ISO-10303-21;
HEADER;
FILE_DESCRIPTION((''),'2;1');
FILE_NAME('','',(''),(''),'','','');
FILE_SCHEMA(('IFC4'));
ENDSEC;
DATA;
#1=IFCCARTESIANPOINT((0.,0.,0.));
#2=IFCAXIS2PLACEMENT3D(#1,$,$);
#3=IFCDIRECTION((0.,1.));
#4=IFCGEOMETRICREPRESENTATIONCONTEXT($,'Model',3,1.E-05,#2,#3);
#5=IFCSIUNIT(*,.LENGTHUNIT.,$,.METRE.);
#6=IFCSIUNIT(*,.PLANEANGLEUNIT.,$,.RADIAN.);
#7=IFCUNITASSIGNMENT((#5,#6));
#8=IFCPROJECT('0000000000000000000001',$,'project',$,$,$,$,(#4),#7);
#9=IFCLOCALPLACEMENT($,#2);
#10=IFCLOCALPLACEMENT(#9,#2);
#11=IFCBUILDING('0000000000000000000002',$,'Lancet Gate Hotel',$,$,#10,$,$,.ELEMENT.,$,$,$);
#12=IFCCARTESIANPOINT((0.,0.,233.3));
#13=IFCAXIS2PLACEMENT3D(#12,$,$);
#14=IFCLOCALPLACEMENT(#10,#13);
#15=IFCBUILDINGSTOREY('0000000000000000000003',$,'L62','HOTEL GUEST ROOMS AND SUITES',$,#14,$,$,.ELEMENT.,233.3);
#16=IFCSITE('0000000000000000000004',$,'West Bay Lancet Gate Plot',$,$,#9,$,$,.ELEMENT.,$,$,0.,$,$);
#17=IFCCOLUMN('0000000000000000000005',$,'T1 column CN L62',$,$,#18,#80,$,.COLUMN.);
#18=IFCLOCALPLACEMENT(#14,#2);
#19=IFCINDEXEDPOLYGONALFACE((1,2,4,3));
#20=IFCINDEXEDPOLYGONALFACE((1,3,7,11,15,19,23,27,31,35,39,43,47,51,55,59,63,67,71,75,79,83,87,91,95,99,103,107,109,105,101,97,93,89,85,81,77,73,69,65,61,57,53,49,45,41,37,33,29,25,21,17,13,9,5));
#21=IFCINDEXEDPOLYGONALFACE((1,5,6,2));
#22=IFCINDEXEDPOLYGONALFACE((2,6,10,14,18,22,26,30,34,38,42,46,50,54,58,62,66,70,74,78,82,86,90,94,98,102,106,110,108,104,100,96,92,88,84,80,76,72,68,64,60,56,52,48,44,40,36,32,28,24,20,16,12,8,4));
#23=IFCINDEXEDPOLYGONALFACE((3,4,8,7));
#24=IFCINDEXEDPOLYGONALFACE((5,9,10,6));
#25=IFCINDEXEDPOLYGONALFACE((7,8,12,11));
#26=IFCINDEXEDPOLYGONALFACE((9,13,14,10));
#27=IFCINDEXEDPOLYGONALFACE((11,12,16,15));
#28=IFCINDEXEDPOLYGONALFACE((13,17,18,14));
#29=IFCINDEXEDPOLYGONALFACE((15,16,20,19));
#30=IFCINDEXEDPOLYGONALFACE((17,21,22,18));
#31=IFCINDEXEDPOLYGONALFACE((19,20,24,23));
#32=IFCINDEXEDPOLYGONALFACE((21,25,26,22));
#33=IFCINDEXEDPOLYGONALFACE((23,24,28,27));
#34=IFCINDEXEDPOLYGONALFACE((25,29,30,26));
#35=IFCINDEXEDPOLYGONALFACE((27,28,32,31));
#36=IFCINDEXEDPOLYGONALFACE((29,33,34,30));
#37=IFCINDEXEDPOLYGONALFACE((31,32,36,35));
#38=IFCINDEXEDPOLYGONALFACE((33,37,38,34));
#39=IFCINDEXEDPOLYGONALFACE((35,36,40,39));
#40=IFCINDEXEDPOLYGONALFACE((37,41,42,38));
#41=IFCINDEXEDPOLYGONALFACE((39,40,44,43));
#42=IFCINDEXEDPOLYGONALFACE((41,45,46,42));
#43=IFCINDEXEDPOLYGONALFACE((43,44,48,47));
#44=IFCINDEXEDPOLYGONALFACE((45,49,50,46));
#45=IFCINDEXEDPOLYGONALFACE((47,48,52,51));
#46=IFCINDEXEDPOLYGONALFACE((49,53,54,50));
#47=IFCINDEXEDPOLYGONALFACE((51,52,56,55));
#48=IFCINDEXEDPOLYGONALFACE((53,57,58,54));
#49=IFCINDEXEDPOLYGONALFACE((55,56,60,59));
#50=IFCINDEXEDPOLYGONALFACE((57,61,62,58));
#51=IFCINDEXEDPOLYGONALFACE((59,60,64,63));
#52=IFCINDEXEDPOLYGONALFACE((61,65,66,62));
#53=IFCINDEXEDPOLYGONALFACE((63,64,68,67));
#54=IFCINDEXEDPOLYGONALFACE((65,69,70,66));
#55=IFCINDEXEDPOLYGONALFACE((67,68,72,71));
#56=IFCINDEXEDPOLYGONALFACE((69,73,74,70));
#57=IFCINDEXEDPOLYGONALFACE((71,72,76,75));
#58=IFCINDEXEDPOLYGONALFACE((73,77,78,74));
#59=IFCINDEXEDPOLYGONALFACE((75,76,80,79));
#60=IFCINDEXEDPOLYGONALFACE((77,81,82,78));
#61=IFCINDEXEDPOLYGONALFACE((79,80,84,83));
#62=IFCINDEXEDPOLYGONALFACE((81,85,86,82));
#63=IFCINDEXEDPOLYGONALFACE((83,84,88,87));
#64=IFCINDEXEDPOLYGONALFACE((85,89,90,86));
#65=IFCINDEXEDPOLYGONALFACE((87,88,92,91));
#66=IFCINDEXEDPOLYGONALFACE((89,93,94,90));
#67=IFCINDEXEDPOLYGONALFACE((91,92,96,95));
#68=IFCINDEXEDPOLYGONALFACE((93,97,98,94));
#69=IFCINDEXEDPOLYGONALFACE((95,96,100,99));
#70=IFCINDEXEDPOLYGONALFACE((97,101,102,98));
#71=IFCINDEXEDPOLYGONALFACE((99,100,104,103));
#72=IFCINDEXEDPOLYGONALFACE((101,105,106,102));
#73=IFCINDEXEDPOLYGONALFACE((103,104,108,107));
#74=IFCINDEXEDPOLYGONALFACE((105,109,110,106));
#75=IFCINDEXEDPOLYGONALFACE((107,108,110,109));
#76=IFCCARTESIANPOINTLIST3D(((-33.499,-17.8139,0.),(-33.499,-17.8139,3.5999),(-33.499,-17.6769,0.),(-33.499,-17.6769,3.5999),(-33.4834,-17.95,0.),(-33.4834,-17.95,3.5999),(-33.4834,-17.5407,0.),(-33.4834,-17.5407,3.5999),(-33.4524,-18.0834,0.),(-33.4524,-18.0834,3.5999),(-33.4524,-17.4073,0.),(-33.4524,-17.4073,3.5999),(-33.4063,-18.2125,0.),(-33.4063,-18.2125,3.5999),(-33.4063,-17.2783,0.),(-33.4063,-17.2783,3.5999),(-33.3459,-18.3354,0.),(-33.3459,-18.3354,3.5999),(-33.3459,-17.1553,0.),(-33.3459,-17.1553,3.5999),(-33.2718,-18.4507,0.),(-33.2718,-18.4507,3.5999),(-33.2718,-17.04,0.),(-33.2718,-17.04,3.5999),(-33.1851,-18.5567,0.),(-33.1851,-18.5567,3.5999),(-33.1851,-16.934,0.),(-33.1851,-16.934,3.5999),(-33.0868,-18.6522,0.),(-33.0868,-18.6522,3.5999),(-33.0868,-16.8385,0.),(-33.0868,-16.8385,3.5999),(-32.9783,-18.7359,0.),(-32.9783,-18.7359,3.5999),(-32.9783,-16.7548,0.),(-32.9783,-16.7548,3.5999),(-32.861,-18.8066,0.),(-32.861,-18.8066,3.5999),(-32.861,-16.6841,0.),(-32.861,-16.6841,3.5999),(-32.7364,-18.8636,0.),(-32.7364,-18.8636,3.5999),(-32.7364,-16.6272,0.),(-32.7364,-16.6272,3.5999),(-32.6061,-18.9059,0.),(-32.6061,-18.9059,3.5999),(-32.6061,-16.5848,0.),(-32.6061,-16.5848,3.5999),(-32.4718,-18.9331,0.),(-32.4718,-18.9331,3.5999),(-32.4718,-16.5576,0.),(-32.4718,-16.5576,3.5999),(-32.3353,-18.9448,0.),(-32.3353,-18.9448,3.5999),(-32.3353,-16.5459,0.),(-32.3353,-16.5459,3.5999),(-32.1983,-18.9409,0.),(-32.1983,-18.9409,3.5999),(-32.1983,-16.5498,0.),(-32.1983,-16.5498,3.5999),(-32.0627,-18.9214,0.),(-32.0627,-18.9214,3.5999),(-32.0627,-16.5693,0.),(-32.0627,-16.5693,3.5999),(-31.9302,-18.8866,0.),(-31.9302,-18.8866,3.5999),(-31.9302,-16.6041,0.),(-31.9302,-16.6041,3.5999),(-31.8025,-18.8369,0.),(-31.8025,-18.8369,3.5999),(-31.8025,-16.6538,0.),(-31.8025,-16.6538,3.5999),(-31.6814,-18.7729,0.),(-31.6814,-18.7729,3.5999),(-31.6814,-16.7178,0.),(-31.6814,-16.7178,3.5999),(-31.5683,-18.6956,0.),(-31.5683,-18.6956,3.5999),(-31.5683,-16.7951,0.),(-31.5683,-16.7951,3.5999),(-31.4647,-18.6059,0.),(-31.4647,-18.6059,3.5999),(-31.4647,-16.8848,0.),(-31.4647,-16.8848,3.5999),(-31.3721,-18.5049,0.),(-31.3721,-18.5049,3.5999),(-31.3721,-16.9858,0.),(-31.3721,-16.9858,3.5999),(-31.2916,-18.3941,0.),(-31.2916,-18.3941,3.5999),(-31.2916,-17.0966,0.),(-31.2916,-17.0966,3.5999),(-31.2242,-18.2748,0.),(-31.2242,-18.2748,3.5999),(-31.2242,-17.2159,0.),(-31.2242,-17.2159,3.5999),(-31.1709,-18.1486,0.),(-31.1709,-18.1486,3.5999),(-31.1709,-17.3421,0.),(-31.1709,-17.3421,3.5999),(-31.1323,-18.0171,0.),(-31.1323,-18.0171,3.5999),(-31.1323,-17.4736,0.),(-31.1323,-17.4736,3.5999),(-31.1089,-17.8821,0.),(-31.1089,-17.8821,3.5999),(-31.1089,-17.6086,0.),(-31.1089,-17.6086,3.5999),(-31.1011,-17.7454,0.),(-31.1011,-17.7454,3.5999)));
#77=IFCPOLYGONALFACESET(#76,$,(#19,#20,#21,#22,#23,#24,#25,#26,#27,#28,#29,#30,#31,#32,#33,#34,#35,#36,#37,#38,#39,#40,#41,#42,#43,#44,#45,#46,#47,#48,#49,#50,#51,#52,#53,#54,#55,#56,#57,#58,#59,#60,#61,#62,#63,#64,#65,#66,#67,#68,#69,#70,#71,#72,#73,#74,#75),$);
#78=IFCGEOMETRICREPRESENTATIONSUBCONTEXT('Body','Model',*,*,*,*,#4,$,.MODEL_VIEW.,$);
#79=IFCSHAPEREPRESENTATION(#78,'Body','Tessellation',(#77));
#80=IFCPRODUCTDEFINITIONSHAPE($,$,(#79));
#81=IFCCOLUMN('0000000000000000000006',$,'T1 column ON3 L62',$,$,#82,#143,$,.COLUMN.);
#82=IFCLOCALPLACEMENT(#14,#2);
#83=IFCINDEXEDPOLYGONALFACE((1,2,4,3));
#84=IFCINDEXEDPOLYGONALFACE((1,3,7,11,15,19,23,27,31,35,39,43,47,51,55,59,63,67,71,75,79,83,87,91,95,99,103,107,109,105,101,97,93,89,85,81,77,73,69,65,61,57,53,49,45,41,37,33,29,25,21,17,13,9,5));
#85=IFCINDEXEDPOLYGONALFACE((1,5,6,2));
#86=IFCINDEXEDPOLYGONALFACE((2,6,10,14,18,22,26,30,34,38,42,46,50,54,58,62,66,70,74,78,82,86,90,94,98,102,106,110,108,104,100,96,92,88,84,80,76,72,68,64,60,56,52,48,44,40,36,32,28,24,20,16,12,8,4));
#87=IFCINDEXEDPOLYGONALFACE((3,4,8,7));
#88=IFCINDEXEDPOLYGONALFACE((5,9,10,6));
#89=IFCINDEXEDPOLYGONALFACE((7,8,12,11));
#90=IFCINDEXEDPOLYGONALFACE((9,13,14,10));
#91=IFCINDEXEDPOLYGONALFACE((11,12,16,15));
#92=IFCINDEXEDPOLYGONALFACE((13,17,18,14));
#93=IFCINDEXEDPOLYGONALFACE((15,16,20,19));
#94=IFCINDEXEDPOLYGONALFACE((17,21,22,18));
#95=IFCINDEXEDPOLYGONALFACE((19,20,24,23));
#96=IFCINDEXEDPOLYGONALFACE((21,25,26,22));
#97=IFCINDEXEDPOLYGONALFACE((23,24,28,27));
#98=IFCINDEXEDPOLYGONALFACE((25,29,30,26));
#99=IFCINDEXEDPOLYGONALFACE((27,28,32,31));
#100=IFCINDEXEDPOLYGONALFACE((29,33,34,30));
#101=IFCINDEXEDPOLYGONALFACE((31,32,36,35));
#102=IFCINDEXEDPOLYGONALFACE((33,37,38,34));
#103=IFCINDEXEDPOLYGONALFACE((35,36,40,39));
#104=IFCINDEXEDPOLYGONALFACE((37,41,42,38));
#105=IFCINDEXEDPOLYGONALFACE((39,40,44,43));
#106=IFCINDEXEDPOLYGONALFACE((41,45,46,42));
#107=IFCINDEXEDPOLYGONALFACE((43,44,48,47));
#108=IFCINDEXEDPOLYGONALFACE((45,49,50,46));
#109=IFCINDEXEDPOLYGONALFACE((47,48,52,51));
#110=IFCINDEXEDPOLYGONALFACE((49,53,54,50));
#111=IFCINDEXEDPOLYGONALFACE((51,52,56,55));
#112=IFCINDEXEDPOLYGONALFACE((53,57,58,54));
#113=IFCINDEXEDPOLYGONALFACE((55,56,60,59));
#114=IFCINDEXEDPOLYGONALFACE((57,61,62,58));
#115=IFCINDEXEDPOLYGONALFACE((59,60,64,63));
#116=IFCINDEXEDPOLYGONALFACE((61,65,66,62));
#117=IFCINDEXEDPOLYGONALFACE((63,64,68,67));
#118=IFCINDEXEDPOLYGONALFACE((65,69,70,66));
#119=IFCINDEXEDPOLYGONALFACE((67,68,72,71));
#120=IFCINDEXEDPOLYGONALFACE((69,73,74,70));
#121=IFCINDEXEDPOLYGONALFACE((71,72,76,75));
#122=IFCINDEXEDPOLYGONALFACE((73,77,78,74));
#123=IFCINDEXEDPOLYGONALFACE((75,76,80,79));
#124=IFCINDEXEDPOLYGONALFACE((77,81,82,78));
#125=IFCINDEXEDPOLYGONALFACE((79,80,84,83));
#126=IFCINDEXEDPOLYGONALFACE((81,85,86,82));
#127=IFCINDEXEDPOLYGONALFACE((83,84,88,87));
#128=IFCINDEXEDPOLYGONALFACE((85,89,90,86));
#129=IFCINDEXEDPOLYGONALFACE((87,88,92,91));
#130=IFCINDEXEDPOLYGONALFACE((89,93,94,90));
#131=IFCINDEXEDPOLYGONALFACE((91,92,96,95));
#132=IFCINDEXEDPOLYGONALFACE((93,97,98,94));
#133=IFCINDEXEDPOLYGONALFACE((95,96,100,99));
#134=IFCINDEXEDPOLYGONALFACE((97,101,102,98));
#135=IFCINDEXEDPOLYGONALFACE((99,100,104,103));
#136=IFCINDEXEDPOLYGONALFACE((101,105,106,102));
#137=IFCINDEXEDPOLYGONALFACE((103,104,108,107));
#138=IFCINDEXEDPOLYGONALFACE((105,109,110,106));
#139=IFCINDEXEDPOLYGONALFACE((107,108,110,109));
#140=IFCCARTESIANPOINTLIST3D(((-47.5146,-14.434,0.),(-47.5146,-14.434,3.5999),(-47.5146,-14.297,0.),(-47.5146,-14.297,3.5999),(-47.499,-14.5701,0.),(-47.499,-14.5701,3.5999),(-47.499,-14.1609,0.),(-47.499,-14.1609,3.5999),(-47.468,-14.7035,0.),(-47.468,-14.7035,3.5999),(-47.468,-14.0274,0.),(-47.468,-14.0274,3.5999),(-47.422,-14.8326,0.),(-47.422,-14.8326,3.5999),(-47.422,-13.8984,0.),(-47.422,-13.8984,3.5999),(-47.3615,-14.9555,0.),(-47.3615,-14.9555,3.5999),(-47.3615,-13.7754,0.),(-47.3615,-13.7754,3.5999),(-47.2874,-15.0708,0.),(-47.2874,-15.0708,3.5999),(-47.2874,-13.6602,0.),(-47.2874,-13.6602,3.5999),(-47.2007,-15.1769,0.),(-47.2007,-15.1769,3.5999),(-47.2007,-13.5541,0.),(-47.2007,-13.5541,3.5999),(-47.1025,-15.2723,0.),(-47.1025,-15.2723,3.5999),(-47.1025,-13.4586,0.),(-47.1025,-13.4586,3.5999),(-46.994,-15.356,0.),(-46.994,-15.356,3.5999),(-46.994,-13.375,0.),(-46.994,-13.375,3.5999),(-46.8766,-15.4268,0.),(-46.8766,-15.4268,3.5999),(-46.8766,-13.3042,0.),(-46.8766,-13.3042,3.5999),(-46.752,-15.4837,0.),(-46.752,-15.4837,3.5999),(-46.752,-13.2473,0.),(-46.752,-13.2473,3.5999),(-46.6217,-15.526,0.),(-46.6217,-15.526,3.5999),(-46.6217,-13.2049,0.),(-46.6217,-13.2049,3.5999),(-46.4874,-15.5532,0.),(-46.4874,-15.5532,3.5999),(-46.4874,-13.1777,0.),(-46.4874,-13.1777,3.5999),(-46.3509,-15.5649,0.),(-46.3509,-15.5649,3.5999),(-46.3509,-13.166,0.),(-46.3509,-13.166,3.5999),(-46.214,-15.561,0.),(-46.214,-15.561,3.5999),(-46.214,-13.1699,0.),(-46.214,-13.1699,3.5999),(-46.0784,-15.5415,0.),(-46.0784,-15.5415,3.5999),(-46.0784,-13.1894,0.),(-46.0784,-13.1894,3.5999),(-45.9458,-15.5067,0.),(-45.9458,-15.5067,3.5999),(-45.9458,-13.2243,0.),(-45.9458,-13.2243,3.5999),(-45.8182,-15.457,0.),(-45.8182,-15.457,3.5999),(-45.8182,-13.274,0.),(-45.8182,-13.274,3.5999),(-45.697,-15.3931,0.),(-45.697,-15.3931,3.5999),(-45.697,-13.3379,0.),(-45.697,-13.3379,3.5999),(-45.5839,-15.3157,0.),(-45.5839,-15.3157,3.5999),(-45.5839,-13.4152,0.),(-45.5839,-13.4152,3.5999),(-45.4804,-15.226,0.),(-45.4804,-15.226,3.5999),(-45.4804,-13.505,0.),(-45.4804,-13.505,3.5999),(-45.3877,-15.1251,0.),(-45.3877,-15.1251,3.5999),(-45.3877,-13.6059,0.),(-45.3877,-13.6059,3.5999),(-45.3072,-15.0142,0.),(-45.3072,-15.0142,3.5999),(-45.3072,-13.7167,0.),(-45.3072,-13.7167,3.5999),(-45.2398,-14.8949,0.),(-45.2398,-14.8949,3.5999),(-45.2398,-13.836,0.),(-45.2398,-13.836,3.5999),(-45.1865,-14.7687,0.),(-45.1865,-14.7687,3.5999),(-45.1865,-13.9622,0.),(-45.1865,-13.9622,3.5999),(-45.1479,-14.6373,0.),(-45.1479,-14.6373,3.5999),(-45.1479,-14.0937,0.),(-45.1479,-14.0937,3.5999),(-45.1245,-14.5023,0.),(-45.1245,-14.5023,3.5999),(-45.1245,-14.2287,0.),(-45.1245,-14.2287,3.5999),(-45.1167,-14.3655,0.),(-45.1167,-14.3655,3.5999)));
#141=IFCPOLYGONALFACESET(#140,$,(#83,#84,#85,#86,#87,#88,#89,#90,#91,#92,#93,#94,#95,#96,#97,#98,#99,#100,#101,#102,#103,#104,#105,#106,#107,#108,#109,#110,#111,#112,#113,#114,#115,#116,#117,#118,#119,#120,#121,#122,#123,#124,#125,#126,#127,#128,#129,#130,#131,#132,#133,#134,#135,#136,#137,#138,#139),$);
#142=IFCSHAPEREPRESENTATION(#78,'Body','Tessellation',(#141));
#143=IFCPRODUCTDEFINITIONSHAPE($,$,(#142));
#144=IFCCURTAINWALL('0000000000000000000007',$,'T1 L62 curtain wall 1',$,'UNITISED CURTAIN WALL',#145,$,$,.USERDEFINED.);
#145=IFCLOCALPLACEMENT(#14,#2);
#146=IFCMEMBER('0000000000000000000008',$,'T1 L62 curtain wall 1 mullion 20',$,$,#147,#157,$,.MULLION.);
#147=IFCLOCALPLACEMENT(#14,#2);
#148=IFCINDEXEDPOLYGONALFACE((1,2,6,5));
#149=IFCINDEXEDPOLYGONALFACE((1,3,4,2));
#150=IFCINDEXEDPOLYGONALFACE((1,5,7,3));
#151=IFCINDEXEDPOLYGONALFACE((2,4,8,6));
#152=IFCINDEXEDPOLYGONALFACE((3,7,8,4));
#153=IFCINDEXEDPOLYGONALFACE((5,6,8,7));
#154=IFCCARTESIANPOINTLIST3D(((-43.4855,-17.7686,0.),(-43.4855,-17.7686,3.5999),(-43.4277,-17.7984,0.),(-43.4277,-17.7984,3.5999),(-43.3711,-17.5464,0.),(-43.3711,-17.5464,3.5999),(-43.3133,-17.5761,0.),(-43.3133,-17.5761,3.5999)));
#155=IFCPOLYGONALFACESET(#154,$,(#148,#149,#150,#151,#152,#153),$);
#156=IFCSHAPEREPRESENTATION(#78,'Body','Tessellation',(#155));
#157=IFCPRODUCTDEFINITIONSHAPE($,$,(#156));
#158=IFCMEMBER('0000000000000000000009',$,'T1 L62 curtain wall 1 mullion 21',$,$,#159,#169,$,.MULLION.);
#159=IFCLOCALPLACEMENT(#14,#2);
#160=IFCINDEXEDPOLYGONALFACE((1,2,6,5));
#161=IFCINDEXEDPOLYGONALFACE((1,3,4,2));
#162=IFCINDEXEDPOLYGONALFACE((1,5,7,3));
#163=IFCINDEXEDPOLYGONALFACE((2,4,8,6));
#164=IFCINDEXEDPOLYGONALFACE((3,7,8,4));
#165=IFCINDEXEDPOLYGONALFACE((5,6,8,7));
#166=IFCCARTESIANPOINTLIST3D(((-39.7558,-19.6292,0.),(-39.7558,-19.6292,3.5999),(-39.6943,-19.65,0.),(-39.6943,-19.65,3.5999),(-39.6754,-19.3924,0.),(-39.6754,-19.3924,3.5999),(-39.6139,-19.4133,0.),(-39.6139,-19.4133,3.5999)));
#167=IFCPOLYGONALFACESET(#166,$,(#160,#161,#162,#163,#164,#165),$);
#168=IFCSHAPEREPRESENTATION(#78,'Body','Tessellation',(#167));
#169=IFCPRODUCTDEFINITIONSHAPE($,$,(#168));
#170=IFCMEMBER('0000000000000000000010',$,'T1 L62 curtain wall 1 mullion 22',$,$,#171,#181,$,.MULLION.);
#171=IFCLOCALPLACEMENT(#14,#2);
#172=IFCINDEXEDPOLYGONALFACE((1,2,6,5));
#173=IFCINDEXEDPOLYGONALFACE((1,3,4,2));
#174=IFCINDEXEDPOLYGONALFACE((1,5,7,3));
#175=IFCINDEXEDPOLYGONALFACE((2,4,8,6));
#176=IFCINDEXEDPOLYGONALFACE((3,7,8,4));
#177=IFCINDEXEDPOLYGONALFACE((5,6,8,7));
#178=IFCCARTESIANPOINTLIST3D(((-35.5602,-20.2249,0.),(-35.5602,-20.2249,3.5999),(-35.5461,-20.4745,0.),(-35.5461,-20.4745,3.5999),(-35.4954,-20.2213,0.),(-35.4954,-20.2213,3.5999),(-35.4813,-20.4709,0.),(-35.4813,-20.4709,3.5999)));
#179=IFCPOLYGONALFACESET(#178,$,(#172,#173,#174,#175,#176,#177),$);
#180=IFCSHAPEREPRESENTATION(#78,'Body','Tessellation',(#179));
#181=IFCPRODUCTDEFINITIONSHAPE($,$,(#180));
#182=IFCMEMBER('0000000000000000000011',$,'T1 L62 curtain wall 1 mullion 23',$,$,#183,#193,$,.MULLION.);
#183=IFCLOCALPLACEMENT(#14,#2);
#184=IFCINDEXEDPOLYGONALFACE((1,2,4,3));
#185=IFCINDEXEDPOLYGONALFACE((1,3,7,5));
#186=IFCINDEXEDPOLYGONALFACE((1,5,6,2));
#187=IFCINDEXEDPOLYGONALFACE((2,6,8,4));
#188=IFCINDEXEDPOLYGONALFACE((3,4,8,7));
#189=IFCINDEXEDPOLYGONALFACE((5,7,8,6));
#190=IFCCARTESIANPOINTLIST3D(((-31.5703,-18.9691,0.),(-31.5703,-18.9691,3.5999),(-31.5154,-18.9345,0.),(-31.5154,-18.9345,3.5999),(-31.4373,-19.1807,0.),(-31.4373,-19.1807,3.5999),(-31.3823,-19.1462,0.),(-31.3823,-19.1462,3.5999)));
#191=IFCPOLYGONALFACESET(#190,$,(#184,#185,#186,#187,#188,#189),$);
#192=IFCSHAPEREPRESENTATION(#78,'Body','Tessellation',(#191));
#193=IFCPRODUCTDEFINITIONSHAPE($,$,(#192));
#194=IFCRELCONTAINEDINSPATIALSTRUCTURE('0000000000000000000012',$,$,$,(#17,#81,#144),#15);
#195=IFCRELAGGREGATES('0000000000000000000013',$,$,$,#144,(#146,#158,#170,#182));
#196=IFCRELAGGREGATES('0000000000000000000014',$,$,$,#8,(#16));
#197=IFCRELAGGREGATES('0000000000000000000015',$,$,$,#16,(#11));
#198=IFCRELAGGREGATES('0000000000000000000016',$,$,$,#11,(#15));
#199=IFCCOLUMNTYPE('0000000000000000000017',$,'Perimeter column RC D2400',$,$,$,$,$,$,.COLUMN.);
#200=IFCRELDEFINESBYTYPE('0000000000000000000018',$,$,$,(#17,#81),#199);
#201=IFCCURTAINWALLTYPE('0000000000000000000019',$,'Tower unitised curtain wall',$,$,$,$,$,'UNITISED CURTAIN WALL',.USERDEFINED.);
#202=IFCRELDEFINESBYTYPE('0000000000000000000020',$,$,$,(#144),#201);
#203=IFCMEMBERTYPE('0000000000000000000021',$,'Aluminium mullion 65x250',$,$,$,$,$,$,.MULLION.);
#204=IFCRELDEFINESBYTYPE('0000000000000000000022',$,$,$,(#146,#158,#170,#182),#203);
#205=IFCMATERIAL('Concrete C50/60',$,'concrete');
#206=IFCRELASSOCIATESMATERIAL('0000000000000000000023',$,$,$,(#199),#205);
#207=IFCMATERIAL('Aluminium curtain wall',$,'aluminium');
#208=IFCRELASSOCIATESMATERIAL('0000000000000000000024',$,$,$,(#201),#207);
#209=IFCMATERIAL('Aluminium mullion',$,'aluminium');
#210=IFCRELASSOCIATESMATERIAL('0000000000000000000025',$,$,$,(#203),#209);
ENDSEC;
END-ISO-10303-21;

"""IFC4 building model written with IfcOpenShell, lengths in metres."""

from ifc_helpers import new_model, si_unit, direction, frame, origin, origin_2d, place, context, subcontext, project, spatial, rectangle, circle, extrude, material, material_profile, profile_set, type_object, element, aggregate, save


model = new_model("IFC4")

# Units and contexts
model_context = context("Model", 3, precision=1e-05, world=origin(), true_north=direction((0.0, 1.0)))
body_context = subcontext(model_context, "Body", "Model", "MODEL_VIEW")
ifc_project = project(units=[si_unit("LENGTHUNIT", "METRE"), si_unit("PLANEANGLEUNIT", "RADIAN")], contexts=[model_context])

# Site, building, storey
site_placement = place(None, origin())
site = spatial("IfcSite", under=ifc_project, at=site_placement, Name="West Bay Lancet Gate Plot", CompositionType="ELEMENT", RefElevation=0.0)
building_placement = place(site_placement, origin())
building = spatial("IfcBuilding", under=site, at=building_placement, Name="Lancet Gate Hotel", CompositionType="ELEMENT")
storey_placement = place(building_placement, frame((0.0, 0.0, 233.3)))
storey = spatial("IfcBuildingStorey", under=building, at=storey_placement, Name="L62", Description="HOTEL GUEST ROOMS AND SUITES", CompositionType="ELEMENT", Elevation=233.3)

# Columns
ifc_material_1 = material(Name="Concrete C50/60", Category="concrete")
ifc_material_profile_1 = material_profile(ifc_material_1, circle(Radius=1.2, at=origin_2d()), Name="RC D2400")
ifc_profile_set_1 = profile_set([ifc_material_profile_1], Name="Concrete C50/60")
column_type = type_object("IfcColumnType", Name="Perimeter column RC D2400", PredefinedType="COLUMN", material=ifc_profile_set_1)
for number, where, z_axis, x_axis, name in (
    (1, (-32.301, -17.7454, 0.0), (0.0, 0.0, 1.0), (1.0, 0.0, 0.0), "T1 column CN L62"),
    (2, (-46.3167, -14.3655, 0.0), (0.0, 0.0, 1.0), (1.0, 0.0, 0.0), "T1 column ON3 L62"),
):
    element("IfcColumn", number, at=place(storey_placement, frame(where, z_axis=z_axis, x_axis=x_axis)), inside=storey, type_object=column_type, Name=name, PredefinedType="COLUMN", context=body_context, shape_type="SweptSolid", body=[
        extrude(circle(Radius=1.2, at=origin_2d()), origin(), (0.0, 0.0, 1.0), 3.5999),
    ])

# Curtain wall, members
ifc_material_2 = material(Name="Aluminium curtain wall", Category="aluminium")
curtain_wall_type = type_object("IfcCurtainWallType", Name="Tower unitised curtain wall", ElementType="UNITISED CURTAIN WALL", PredefinedType="USERDEFINED", material=ifc_material_2)
curtain_wall_placement = place(storey_placement, origin())
curtain_wall = element("IfcCurtainWall", 3, at=curtain_wall_placement, inside=storey, type_object=curtain_wall_type, Name="T1 L62 curtain wall 1", ObjectType="UNITISED CURTAIN WALL", PredefinedType="USERDEFINED")
ifc_material_3 = material(Name="Aluminium mullion", Category="aluminium")
ifc_material_profile_2 = material_profile(ifc_material_3, rectangle(XDim=0.0649, YDim=0.25, at=origin_2d()), Name="MULLION 65x250")
ifc_profile_set_2 = profile_set([ifc_material_profile_2], Name="Aluminium mullion")
member_type_1 = type_object("IfcMemberType", Name="Aluminium mullion 65x250", PredefinedType="MULLION", material=ifc_profile_set_2)
member_1_placement = place(storey_placement, frame((-43.3994, -17.6724, 0.0), z_axis=(0.0, 0.0, 1.0), x_axis=(0.889156, -0.457605, 0.0)))
member_1 = element("IfcMember", 4, at=member_1_placement, type_object=member_type_1, Name="T1 L62 curtain wall 1 mullion 20", PredefinedType="MULLION", context=body_context, shape_type="SweptSolid", body=[
    extrude(rectangle(XDim=0.0649, YDim=0.25, at=origin_2d()), origin(), (0.0, 0.0, 1.0), 3.5999),
])
member_2_placement = place(storey_placement, frame((-39.6848, -19.5212, 0.0), z_axis=(0.0, 0.0, 1.0), x_axis=(0.946888, -0.321564, 0.0)))
member_2 = element("IfcMember", 5, at=member_2_placement, type_object=member_type_1, Name="T1 L62 curtain wall 1 mullion 21", PredefinedType="MULLION", context=body_context, shape_type="SweptSolid", body=[
    extrude(rectangle(XDim=0.0649, YDim=0.25, at=origin_2d()), origin(), (0.0, 0.0, 1.0), 3.5999),
])
member_3_placement = place(storey_placement, frame((-35.5208, -20.3479, 0.0), z_axis=(0.0, 0.0, 1.0), x_axis=(0.998409, 0.056384, 0.0)))
member_3 = element("IfcMember", 6, at=member_3_placement, type_object=member_type_1, Name="T1 L62 curtain wall 1 mullion 22", PredefinedType="MULLION", context=body_context, shape_type="SweptSolid", body=[
    extrude(rectangle(XDim=0.0649, YDim=0.25, at=origin_2d()), origin(), (0.0, 0.0, 1.0), 3.5999),
])
member_4_placement = place(storey_placement, frame((-31.4763, -19.0576, 0.0), z_axis=(0.0, 0.0, 1.0), x_axis=(0.846613, 0.532209, 0.0)))
member_4 = element("IfcMember", 7, at=member_4_placement, type_object=member_type_1, Name="T1 L62 curtain wall 1 mullion 23", PredefinedType="MULLION", context=body_context, shape_type="SweptSolid", body=[
    extrude(rectangle(XDim=0.0649, YDim=0.25, at=origin_2d()), origin(), (0.0, 0.0, 1.0), 3.5999),
])

aggregate(curtain_wall, [member_1, member_2, member_3, member_4])

save(model, "model.ifc")
